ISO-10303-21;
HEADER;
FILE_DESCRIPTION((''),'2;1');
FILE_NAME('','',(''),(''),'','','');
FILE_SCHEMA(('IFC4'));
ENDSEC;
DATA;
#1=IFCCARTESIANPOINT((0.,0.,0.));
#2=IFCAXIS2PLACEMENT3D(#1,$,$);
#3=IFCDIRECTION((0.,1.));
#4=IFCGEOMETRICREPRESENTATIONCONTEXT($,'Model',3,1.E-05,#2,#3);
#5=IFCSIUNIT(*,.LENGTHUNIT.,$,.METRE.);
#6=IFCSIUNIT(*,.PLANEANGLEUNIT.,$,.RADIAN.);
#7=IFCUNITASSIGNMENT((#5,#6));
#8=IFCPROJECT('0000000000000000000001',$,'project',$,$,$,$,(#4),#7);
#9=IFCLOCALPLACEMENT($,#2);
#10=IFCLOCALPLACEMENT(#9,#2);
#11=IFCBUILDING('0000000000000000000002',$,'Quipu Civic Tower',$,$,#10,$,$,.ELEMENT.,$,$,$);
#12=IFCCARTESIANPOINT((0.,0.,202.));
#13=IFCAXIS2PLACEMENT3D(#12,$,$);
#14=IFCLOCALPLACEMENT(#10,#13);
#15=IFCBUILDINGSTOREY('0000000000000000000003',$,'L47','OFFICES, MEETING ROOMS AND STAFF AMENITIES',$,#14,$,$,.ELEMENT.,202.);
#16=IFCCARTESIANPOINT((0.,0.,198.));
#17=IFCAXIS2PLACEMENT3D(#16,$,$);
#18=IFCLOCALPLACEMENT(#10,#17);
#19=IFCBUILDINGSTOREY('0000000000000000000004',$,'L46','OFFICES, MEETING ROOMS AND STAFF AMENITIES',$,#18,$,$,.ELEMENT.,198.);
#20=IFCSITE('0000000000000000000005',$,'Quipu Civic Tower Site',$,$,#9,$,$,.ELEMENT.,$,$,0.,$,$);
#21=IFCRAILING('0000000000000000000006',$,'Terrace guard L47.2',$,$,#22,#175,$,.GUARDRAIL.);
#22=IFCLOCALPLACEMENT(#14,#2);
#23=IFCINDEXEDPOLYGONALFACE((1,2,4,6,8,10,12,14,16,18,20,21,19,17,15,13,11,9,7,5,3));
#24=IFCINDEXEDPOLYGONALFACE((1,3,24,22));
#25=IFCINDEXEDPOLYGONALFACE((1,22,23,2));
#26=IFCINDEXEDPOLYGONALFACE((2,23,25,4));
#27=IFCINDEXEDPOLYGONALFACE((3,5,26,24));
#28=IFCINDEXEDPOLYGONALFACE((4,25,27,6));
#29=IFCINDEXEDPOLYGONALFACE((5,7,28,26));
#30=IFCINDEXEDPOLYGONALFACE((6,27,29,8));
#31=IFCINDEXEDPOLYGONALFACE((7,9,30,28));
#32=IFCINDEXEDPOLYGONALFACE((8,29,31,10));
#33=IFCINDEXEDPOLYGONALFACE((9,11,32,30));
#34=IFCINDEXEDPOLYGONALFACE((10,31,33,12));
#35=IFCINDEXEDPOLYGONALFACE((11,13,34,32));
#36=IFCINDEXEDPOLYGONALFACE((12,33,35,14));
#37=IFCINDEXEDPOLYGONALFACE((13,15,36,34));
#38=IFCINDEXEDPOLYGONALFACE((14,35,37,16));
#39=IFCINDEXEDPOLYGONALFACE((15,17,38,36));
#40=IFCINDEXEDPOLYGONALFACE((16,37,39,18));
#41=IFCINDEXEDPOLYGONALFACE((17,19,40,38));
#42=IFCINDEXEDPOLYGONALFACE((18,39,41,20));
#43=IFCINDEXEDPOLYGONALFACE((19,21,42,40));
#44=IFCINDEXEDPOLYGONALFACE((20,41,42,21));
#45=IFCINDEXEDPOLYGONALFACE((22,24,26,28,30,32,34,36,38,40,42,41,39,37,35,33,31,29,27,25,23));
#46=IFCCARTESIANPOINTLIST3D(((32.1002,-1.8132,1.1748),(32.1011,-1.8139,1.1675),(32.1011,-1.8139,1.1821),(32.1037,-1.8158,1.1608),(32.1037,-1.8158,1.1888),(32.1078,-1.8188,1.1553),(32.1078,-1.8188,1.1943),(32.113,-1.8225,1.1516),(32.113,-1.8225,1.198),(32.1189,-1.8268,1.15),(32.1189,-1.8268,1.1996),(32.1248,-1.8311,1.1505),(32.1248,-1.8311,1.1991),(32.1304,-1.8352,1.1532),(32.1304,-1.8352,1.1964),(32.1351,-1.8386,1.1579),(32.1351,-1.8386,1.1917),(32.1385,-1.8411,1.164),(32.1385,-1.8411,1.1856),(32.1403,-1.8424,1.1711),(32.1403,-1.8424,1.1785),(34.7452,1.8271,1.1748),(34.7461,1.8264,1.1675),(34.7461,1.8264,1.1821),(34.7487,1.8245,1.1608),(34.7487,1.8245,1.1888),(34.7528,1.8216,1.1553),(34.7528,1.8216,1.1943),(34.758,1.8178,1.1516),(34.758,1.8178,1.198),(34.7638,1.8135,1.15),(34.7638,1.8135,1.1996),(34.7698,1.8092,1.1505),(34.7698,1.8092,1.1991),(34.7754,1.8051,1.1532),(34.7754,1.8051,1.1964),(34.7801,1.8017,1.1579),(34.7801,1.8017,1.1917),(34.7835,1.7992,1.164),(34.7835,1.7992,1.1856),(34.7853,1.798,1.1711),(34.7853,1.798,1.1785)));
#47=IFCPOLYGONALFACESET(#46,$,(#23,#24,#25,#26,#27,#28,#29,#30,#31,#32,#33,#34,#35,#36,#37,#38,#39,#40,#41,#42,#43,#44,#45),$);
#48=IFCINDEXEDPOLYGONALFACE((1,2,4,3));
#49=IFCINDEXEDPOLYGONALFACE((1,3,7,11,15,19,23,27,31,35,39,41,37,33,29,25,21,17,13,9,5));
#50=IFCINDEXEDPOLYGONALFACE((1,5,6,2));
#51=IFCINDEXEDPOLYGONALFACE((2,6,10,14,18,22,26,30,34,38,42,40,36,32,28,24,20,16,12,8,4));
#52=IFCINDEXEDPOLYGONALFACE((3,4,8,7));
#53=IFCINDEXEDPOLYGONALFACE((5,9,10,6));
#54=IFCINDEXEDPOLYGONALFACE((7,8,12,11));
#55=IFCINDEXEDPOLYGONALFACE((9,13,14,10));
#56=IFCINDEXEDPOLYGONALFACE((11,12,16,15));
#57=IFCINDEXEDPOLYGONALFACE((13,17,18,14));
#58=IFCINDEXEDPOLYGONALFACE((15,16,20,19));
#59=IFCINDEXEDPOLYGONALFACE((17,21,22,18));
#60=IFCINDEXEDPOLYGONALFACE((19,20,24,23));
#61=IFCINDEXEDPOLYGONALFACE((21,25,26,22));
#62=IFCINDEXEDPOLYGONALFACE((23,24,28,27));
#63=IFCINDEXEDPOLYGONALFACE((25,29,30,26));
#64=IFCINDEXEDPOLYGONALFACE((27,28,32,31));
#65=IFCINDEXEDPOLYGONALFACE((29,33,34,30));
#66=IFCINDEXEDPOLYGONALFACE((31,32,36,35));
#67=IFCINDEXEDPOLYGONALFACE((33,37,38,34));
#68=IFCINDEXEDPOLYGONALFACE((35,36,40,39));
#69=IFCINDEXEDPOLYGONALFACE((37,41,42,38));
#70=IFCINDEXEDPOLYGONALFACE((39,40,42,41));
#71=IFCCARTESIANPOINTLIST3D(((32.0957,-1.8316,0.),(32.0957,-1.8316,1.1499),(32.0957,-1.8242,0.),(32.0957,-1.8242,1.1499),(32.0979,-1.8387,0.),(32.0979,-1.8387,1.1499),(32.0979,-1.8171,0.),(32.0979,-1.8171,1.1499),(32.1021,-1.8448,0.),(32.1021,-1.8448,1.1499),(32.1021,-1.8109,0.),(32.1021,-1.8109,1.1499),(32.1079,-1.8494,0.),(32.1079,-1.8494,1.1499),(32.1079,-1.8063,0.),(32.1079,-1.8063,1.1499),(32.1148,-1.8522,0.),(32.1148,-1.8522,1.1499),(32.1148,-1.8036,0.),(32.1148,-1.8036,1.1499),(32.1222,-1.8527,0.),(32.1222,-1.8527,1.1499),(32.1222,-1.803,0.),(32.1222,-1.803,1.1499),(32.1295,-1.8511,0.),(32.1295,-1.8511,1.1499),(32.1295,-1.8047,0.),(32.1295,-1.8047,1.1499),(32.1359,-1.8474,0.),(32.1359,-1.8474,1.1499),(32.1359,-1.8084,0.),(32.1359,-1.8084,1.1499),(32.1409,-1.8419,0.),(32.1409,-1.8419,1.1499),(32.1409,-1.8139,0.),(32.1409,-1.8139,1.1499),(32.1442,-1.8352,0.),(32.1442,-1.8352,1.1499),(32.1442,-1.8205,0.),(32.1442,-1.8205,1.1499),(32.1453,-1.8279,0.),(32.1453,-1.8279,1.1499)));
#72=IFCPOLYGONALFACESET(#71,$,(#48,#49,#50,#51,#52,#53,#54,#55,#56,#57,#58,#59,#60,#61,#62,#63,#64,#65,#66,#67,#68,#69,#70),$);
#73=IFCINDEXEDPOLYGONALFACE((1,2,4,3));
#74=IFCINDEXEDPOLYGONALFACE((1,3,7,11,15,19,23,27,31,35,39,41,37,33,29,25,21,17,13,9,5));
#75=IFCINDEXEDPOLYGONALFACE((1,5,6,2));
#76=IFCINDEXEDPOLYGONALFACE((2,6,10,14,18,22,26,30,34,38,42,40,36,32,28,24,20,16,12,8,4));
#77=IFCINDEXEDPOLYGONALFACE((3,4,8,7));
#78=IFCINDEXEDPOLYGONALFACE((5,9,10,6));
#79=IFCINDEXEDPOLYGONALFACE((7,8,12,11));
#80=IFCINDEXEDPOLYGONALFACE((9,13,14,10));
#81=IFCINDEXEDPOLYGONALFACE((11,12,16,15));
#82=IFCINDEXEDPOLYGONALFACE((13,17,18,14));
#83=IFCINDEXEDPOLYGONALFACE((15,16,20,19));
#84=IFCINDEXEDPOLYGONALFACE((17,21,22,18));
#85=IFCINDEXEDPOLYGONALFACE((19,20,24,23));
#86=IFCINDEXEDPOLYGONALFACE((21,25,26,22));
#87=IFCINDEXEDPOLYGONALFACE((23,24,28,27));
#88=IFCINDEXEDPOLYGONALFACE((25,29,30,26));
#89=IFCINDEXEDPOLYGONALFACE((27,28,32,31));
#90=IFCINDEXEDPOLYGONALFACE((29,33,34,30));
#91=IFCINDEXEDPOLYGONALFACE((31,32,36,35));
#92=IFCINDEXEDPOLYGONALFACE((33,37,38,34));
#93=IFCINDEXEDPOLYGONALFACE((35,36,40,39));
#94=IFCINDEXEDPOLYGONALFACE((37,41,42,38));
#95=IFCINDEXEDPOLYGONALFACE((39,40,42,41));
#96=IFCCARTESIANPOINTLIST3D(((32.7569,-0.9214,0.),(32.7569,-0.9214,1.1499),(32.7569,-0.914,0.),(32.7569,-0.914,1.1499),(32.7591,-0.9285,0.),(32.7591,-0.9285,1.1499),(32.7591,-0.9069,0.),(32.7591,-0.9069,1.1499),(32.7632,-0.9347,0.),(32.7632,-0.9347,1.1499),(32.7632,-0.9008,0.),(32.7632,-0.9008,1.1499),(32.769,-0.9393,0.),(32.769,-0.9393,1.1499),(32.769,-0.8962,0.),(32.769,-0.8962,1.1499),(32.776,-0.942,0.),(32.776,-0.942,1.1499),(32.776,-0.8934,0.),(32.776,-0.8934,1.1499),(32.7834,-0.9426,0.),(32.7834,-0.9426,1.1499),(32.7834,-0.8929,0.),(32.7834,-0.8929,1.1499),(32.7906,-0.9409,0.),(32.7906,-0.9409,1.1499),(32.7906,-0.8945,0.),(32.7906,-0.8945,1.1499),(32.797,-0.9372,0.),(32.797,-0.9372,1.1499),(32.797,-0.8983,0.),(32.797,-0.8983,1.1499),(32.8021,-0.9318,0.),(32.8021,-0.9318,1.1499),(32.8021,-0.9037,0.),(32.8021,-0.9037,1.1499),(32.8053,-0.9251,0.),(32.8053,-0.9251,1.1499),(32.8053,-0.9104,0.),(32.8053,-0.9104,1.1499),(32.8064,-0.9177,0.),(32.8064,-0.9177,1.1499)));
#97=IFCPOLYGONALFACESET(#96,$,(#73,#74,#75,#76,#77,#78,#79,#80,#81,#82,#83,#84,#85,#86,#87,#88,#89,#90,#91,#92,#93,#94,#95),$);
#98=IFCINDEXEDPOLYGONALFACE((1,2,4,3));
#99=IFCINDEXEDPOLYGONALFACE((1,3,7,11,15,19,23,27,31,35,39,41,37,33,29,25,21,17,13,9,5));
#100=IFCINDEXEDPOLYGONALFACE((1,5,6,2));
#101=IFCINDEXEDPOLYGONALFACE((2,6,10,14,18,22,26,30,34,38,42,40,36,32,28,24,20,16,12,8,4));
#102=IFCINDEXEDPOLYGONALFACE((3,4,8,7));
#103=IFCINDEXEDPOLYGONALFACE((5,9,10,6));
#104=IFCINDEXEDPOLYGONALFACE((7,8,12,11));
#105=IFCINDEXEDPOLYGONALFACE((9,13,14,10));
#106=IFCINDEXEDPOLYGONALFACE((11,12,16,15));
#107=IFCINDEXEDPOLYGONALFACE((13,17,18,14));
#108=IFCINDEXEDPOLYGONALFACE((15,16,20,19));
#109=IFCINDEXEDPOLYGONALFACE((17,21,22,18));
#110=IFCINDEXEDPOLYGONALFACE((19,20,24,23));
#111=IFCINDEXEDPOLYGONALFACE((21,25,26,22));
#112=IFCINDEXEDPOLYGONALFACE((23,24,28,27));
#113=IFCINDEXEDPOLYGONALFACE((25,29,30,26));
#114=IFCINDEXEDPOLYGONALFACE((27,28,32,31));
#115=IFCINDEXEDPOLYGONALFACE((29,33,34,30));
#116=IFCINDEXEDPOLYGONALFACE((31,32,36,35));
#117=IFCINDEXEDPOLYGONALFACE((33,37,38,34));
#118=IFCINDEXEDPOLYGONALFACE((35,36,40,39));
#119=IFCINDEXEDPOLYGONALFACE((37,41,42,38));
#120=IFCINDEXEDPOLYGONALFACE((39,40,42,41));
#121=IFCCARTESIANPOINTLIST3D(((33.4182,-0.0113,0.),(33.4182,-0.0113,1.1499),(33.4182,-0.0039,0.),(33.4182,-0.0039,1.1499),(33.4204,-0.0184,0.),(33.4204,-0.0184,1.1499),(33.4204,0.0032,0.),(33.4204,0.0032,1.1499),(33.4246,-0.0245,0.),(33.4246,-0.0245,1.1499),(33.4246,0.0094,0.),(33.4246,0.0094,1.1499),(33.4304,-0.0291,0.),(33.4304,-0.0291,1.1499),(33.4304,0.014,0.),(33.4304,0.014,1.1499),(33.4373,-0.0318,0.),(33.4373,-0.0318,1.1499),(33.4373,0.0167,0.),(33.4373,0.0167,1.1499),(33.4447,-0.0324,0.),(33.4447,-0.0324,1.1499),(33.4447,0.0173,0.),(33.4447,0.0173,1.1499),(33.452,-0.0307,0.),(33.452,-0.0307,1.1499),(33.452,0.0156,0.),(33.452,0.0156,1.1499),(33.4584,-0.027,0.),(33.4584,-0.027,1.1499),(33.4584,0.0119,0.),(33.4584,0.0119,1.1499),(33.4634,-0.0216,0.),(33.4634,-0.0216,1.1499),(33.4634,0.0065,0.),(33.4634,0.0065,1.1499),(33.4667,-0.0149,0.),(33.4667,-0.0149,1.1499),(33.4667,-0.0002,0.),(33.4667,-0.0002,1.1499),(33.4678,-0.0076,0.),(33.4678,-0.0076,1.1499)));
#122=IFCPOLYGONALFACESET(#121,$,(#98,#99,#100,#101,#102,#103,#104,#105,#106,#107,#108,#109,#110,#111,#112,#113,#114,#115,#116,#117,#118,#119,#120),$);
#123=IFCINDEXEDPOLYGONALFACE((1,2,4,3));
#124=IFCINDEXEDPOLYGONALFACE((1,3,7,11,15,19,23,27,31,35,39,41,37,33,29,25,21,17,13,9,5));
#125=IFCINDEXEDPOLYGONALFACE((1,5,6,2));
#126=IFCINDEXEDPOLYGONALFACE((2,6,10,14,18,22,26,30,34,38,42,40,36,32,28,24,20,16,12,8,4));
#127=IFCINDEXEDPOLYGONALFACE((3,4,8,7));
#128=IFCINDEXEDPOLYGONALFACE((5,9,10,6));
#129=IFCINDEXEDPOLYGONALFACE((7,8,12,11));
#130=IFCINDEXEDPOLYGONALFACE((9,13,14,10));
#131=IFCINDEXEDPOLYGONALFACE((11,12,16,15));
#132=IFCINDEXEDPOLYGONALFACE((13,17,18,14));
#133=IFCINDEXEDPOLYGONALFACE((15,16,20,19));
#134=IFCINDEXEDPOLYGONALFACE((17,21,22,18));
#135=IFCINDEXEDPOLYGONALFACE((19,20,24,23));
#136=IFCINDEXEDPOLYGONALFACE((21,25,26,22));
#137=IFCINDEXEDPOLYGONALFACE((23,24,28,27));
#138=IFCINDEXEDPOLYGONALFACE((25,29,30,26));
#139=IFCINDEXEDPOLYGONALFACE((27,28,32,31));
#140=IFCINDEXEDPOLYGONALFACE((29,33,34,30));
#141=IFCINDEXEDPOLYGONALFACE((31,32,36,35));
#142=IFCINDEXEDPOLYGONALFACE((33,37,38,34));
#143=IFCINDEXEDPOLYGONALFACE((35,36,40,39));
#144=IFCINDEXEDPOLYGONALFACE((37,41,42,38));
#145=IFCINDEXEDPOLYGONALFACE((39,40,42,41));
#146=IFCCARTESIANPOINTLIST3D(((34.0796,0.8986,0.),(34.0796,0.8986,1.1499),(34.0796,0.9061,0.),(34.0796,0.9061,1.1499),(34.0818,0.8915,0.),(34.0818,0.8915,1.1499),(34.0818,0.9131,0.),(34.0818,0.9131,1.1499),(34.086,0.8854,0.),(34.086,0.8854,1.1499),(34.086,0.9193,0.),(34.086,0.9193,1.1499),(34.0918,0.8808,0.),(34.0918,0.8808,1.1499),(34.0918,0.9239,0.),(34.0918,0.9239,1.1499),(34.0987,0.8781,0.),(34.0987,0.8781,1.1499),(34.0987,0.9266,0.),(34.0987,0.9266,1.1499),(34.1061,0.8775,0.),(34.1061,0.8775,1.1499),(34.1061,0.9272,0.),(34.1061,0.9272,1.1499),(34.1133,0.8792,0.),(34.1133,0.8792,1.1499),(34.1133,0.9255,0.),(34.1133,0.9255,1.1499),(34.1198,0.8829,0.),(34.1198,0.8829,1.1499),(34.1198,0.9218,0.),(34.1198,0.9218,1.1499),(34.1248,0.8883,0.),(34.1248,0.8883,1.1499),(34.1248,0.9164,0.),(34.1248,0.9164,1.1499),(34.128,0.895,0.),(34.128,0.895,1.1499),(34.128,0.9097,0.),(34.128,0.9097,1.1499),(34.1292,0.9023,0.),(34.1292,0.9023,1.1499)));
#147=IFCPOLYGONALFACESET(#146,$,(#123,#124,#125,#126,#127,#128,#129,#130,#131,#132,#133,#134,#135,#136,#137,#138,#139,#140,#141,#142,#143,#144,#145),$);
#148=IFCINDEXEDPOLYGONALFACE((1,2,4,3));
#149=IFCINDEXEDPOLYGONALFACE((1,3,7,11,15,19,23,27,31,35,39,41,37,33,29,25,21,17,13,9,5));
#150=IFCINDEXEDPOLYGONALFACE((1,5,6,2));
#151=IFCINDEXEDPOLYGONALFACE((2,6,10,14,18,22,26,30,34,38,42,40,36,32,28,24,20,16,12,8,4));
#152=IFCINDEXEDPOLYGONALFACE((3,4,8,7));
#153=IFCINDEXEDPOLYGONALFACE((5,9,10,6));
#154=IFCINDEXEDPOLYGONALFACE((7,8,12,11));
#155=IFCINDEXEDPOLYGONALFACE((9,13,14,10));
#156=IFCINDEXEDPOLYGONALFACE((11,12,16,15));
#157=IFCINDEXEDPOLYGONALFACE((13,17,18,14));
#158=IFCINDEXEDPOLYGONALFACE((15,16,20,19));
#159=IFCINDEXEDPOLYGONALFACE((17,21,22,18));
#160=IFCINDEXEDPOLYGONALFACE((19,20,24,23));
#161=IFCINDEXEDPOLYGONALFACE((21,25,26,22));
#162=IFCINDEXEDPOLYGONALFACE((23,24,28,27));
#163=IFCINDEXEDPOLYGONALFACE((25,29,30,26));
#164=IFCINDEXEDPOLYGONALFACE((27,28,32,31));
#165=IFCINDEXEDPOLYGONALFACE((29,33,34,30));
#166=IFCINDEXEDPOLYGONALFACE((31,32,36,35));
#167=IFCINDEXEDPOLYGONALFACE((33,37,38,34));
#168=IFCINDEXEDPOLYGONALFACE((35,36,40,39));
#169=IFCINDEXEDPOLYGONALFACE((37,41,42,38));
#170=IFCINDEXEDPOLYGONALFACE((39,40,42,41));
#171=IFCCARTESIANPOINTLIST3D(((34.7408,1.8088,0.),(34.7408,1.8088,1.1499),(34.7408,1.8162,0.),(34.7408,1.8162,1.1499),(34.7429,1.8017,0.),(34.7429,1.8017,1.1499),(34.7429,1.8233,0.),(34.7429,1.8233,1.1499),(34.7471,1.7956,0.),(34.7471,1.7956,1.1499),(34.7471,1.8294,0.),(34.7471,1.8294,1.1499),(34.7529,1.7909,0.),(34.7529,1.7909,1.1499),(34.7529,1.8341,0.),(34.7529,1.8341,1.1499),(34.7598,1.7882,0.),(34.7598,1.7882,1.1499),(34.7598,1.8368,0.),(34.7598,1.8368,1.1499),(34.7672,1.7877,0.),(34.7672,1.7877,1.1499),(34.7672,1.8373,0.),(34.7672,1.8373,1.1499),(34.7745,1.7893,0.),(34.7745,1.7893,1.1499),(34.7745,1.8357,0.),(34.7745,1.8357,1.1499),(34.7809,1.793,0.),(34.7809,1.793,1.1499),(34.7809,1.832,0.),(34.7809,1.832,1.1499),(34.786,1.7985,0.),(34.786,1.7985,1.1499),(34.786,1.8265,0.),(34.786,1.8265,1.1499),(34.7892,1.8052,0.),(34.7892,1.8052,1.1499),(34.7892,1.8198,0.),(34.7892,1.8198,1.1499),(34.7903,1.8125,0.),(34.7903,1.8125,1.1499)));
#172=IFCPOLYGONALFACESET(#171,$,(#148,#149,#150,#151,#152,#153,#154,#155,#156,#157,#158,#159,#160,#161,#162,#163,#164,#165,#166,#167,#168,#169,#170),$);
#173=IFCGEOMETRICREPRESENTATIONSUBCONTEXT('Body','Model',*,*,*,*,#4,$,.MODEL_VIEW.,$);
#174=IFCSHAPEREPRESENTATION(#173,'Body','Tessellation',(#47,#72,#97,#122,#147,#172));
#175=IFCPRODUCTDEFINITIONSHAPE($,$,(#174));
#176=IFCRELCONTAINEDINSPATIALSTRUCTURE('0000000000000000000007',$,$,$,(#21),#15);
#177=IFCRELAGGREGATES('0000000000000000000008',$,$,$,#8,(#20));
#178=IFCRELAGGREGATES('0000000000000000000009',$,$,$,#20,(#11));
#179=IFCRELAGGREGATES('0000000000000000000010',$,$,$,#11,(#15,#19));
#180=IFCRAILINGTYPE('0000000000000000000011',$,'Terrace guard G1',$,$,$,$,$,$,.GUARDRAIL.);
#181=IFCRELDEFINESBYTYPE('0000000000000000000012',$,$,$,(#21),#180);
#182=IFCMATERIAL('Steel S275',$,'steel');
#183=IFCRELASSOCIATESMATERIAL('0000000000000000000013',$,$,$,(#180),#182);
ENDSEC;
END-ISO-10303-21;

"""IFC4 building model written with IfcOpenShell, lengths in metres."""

from ifc_helpers import new_model, si_unit, direction, frame, origin, origin_2d, place, context, subcontext, project, spatial, circle, extrude, material, type_object, element, save


model = new_model("IFC4")

# Units and contexts
model_context = context("Model", 3, precision=1e-05, world=origin(), true_north=direction((0.0, 1.0)))
body_context = subcontext(model_context, "Body", "Model", "MODEL_VIEW")
ifc_project = project(units=[si_unit("LENGTHUNIT", "METRE"), si_unit("PLANEANGLEUNIT", "RADIAN")], contexts=[model_context])

# Site, building, storey
site_placement = place(None, origin())
site = spatial("IfcSite", under=ifc_project, at=site_placement, Name="Quipu Civic Tower Site", CompositionType="ELEMENT", RefElevation=0.0)
building_placement = place(site_placement, origin())
building = spatial("IfcBuilding", under=site, at=building_placement, Name="Quipu Civic Tower", CompositionType="ELEMENT")
storey_1_placement = place(building_placement, frame((0.0, 0.0, 202.0)))
storey_1 = spatial("IfcBuildingStorey", under=building, at=storey_1_placement, Name="L47", Description="OFFICES, MEETING ROOMS AND STAFF AMENITIES", CompositionType="ELEMENT", Elevation=202.0)

# Shared definitions
storey_2_placement = place(building_placement, frame((0.0, 0.0, 198.0)))
storey_2 = spatial("IfcBuildingStorey", under=building, at=storey_2_placement, Name="L46", Description="OFFICES, MEETING ROOMS AND STAFF AMENITIES", CompositionType="ELEMENT", Elevation=198.0)

# Railing
ifc_material_1 = material(Name="Steel S275", Category="steel")
railing_type = type_object("IfcRailingType", Name="Terrace guard G1", PredefinedType="GUARDRAIL", material=ifc_material_1)
railing_1_placement = place(storey_1_placement, frame((32.1204, -1.8279, 0.0)))
element("IfcRailing", 1, at=railing_1_placement, inside=storey_1, type_object=railing_type, Name="Terrace guard L47.2", PredefinedType="GUARDRAIL", context=body_context, shape_type="SweptSolid", body=[
    extrude(circle(Radius=0.0249, at=origin_2d()), frame((0.0, 0.0, 1.1748), z_axis=(0.587804, 0.809003, 0.0), x_axis=(-0.809003, 0.587804, 0.0)), (0.0, 0.0, 1.0), 4.4998),
    extrude(circle(Radius=0.0249, at=origin_2d()), origin(), (0.0, 0.0, 1.0), 1.1499),
    extrude(circle(Radius=0.0249, at=origin_2d()), frame((0.6611, 0.9102, 0.0)), (0.0, 0.0, 1.0), 1.1499),
    extrude(circle(Radius=0.0249, at=origin_2d()), frame((1.3225, 1.8203, 0.0)), (0.0, 0.0, 1.0), 1.1499),
    extrude(circle(Radius=0.0249, at=origin_2d()), frame((1.9839, 2.7302, 0.0)), (0.0, 0.0, 1.0), 1.1499),
    extrude(circle(Radius=0.0249, at=origin_2d()), frame((2.645, 3.6404, 0.0)), (0.0, 0.0, 1.0), 1.1499),
])

save(model, "model.ifc")
